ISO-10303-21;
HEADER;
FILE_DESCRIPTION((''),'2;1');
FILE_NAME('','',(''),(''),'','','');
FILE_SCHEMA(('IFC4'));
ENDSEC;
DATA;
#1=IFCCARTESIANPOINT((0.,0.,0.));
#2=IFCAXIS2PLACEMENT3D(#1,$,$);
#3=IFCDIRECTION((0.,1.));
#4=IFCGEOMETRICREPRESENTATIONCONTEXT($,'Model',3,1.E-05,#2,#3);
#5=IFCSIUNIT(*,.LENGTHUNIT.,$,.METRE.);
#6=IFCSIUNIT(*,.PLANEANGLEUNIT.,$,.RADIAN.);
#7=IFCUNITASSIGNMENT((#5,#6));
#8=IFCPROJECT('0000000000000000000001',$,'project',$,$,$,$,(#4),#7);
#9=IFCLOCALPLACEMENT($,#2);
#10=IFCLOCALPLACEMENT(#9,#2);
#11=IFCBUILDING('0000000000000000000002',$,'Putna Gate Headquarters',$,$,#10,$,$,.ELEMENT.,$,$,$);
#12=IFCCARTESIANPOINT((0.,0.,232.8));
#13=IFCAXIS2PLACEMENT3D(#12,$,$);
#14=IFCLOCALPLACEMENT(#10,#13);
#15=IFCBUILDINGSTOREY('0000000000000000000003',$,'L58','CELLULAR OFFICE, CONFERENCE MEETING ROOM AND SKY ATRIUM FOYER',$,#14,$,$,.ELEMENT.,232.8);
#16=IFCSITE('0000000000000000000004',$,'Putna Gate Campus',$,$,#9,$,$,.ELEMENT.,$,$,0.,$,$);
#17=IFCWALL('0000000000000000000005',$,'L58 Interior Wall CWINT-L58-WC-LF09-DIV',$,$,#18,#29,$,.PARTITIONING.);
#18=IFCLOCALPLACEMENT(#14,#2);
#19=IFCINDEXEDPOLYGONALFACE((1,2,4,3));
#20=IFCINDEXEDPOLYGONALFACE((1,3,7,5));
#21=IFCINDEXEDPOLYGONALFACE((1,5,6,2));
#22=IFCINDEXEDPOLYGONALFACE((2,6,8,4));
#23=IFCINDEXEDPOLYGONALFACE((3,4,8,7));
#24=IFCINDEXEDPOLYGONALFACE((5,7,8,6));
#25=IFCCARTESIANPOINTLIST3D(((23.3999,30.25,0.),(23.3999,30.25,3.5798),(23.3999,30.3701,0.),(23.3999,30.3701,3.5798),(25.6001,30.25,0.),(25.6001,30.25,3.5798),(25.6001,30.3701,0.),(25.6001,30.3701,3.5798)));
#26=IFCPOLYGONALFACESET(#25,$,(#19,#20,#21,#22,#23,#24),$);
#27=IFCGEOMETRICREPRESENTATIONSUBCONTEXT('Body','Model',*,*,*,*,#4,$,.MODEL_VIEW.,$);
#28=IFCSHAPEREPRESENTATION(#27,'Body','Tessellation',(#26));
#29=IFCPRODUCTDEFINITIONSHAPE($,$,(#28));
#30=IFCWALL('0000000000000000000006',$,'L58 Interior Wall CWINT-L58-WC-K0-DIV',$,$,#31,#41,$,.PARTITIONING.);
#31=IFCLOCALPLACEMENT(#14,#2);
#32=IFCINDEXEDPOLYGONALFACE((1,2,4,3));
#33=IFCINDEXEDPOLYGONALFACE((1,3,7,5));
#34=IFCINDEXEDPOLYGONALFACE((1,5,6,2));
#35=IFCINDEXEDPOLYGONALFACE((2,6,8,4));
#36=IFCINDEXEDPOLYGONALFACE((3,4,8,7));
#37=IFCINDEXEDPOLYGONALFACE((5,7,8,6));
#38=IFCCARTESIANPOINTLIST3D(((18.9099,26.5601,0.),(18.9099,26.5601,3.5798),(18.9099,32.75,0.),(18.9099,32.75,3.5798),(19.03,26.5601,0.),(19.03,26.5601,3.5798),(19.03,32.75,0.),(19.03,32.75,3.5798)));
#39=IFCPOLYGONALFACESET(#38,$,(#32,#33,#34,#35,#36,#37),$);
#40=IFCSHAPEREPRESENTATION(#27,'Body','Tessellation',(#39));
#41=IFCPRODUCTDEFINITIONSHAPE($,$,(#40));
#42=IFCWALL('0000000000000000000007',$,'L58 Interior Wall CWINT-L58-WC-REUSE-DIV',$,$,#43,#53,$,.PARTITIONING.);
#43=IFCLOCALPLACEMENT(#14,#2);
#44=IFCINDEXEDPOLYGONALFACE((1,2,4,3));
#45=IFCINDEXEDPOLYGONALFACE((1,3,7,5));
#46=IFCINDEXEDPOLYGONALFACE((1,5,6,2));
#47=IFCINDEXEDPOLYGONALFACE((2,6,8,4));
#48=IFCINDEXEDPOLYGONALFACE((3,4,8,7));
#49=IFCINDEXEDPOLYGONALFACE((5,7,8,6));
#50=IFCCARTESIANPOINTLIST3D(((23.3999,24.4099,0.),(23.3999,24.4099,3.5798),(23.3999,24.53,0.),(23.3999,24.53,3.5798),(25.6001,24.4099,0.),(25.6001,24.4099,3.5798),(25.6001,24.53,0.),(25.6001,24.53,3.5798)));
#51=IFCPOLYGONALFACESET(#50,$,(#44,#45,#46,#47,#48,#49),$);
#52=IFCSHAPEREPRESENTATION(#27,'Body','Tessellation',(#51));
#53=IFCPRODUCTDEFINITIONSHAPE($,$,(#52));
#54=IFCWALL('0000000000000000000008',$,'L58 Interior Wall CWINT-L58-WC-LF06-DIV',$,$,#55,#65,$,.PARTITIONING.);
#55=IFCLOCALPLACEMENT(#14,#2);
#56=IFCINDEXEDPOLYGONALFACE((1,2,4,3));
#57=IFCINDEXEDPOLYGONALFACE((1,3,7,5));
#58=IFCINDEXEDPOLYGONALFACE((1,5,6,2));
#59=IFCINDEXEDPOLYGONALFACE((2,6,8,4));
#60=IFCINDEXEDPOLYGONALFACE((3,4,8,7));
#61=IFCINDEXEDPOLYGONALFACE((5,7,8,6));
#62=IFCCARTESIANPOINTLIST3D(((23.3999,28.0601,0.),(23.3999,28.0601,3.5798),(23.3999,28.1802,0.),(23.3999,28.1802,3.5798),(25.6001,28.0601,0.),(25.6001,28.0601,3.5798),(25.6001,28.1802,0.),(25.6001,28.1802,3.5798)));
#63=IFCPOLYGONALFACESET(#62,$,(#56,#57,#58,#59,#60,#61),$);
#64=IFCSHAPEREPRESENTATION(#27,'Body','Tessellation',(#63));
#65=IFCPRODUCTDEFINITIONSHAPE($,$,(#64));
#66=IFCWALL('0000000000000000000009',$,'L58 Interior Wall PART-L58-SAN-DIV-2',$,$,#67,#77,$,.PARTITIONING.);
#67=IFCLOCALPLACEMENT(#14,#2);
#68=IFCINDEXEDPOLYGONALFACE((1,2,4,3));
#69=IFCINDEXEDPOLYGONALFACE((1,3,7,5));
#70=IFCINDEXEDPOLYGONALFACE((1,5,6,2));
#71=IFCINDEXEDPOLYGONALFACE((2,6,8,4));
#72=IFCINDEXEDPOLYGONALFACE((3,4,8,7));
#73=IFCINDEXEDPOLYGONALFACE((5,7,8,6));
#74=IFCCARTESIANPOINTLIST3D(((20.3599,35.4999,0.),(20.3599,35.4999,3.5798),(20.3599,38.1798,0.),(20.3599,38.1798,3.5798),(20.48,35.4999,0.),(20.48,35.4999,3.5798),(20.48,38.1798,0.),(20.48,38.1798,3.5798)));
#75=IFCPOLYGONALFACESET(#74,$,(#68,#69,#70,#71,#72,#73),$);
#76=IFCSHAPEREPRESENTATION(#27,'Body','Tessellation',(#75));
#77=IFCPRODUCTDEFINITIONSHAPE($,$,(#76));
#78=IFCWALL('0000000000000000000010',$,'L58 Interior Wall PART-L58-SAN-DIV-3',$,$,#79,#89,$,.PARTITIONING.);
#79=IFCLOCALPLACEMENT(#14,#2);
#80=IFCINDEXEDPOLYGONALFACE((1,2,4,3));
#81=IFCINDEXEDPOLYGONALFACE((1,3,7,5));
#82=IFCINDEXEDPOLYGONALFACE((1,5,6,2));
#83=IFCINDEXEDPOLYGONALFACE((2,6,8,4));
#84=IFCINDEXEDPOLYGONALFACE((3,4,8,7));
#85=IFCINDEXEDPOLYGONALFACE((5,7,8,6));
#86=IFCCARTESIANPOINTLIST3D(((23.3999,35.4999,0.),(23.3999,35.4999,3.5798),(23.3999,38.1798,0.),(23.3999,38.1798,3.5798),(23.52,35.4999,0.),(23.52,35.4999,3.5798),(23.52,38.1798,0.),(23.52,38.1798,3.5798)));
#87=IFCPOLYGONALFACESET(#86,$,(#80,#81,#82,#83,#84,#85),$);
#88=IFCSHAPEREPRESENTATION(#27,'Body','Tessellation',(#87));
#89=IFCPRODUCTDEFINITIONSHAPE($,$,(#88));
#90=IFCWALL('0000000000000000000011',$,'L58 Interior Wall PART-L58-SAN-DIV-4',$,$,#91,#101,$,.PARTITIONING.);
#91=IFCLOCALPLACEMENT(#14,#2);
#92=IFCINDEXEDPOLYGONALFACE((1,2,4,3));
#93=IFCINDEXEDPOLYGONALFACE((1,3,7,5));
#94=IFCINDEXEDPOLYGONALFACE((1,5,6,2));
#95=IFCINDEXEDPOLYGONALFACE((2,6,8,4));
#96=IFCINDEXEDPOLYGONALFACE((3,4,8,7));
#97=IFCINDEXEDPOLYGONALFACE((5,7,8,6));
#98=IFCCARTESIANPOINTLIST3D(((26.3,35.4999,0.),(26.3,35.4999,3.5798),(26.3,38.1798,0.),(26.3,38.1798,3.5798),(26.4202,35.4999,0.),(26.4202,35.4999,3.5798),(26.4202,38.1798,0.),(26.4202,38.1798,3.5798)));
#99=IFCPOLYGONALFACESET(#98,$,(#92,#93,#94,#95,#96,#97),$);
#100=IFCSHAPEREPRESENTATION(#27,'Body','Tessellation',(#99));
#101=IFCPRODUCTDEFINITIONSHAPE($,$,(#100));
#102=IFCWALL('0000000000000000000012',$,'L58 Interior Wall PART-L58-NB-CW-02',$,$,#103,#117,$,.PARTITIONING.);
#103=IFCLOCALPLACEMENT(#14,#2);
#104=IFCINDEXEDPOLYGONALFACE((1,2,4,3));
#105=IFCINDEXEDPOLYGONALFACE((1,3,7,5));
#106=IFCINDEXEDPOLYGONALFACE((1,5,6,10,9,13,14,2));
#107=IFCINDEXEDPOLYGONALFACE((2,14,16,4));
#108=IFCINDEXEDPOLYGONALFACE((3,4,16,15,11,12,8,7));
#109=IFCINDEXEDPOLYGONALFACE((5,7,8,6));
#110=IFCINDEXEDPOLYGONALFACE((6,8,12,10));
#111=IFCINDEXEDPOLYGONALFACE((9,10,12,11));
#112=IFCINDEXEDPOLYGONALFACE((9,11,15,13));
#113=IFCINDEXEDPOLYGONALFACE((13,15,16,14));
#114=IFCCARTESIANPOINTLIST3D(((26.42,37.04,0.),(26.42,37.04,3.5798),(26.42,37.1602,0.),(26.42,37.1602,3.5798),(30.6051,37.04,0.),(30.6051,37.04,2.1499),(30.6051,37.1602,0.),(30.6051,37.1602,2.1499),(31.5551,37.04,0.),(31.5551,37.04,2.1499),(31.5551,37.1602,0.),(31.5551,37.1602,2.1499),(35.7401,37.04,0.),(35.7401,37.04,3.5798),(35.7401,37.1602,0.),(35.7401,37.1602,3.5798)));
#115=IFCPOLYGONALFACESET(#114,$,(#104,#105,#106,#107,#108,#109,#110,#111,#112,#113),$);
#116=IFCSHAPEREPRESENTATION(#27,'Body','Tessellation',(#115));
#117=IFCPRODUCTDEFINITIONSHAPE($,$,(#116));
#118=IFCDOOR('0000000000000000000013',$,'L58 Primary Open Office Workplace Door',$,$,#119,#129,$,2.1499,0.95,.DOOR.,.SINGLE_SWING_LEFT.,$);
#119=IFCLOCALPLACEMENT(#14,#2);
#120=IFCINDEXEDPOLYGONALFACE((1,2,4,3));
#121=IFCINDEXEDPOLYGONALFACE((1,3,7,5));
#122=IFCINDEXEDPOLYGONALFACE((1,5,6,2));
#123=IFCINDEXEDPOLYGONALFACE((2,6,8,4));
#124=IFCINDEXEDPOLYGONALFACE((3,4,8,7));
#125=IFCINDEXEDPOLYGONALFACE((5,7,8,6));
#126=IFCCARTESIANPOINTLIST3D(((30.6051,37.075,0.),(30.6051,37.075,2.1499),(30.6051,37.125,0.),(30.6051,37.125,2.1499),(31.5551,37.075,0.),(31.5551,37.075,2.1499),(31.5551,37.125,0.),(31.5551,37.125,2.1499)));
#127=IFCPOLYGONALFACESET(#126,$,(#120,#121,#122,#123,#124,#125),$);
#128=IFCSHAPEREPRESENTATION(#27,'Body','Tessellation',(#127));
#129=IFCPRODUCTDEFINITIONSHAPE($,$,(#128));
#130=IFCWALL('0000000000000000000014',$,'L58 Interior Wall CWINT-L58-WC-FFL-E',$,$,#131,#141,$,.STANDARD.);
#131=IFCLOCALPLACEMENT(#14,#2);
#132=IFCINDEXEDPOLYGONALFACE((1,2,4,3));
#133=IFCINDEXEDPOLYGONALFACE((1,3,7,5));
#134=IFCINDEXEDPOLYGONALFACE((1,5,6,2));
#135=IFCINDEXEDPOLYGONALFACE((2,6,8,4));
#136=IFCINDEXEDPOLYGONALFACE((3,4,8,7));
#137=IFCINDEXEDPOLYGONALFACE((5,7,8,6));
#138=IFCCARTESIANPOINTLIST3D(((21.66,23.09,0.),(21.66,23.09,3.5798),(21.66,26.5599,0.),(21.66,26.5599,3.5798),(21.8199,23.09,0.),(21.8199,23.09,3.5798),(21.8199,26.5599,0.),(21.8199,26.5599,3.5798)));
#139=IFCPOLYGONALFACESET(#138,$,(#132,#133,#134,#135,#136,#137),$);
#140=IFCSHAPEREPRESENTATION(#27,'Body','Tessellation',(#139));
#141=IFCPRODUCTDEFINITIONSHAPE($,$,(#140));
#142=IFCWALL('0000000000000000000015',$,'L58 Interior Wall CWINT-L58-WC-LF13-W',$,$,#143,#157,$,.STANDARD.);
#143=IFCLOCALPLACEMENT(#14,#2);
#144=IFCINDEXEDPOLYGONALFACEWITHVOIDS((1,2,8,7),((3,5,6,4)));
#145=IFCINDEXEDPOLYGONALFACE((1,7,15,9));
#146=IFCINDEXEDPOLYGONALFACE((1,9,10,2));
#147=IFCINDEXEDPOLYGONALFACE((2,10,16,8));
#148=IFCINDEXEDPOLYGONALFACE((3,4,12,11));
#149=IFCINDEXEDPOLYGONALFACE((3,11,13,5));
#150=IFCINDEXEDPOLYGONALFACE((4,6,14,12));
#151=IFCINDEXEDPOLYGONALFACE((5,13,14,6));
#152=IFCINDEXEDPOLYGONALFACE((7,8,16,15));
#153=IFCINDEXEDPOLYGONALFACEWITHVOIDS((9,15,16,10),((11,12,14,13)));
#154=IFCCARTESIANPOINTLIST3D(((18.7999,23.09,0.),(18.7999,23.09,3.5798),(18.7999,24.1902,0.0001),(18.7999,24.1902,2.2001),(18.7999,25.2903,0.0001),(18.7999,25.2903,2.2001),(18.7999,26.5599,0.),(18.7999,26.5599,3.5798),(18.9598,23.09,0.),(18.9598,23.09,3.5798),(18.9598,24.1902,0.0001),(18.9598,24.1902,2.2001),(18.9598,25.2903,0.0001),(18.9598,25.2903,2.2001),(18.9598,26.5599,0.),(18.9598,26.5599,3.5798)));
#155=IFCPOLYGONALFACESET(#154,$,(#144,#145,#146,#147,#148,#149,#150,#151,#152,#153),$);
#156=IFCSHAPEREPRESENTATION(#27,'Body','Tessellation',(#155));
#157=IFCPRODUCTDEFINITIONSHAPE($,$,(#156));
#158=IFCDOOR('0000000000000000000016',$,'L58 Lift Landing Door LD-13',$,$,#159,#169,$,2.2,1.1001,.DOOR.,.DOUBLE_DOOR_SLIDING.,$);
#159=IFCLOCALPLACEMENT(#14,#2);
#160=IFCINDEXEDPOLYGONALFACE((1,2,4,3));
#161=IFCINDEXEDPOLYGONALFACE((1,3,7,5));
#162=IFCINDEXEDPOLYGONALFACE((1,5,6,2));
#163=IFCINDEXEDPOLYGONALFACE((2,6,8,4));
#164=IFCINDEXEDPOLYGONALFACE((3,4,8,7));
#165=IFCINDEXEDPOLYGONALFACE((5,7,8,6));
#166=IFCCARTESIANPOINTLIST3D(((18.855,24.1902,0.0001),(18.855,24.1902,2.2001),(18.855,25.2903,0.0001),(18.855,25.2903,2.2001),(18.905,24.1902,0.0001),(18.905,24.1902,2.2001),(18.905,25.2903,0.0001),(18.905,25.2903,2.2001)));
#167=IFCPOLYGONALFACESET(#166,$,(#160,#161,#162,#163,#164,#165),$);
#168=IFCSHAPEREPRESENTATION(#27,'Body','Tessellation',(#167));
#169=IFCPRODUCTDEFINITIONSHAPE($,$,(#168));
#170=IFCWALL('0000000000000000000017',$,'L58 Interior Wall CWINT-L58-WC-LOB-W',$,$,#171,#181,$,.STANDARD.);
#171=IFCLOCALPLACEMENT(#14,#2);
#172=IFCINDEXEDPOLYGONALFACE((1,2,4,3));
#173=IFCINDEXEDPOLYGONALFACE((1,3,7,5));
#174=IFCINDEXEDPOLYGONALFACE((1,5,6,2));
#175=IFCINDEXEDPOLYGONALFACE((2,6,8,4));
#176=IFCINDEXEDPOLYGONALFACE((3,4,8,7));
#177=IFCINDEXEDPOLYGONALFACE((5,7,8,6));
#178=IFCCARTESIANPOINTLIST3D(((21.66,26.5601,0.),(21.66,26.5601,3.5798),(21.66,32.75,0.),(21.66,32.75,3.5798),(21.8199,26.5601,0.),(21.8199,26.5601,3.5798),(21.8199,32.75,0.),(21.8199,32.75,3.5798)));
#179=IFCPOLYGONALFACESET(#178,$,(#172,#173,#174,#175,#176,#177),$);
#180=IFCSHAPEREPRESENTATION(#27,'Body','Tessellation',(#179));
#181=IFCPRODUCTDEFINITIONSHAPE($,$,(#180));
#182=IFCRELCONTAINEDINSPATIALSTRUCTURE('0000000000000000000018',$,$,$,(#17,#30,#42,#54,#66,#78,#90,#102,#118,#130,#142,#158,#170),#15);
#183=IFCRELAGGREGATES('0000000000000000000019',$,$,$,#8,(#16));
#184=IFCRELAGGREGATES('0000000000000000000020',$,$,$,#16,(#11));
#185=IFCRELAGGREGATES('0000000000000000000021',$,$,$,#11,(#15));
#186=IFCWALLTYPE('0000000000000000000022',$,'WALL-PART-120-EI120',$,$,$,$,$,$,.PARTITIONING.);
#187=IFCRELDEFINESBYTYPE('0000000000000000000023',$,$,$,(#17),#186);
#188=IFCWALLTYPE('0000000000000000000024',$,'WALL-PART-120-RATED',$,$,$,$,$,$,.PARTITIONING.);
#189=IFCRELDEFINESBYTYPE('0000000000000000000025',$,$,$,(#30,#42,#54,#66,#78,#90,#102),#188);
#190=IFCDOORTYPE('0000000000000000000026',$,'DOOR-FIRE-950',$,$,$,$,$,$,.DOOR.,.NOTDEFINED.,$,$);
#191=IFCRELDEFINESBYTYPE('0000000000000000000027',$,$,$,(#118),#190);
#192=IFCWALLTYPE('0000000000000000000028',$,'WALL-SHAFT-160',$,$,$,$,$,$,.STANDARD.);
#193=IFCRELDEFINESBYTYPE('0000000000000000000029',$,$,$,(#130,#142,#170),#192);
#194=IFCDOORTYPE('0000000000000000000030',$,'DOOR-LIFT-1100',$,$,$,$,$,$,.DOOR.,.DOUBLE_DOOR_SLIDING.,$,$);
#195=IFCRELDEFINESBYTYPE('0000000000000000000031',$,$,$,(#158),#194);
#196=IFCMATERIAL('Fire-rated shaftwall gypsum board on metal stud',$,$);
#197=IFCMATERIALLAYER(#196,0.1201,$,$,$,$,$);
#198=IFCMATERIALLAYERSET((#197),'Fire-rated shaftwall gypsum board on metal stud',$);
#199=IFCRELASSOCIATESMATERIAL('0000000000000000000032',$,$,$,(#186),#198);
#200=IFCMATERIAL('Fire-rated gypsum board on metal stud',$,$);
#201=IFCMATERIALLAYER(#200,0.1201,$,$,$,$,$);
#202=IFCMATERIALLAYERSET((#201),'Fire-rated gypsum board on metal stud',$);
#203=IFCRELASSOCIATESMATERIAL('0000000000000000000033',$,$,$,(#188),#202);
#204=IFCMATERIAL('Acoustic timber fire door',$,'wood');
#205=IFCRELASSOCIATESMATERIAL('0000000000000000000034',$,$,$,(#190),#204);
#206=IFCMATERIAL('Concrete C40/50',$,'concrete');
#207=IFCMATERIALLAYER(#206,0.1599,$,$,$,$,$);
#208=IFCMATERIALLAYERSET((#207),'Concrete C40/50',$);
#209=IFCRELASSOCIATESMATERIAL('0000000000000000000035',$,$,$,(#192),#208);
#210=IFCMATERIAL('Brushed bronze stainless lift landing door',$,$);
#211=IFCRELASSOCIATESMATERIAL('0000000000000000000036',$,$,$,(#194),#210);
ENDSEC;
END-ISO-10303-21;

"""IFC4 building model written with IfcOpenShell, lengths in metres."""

from ifc_helpers import new_model, si_unit, direction, frame, frame_2d, origin, place, context, subcontext, project, spatial, rectangle, extrude, material, layer, layer_set, type_object, element, fill, save


model = new_model("IFC4")

# Units and contexts
model_context = context("Model", 3, precision=1e-05, world=origin(), true_north=direction((0.0, 1.0)))
body_context = subcontext(model_context, "Body", "Model", "MODEL_VIEW")
ifc_project = project(units=[si_unit("LENGTHUNIT", "METRE"), si_unit("PLANEANGLEUNIT", "RADIAN")], contexts=[model_context])

# Site, building, storey
site_placement = place(None, origin())
site = spatial("IfcSite", under=ifc_project, at=site_placement, Name="Putna Gate Campus", CompositionType="ELEMENT", RefElevation=0.0)
building_placement = place(site_placement, origin())
building = spatial("IfcBuilding", under=site, at=building_placement, Name="Putna Gate Headquarters", CompositionType="ELEMENT")
storey_placement = place(building_placement, frame((0.0, 0.0, 232.8)))
storey = spatial("IfcBuildingStorey", under=building, at=storey_placement, Name="L58", Description="CELLULAR OFFICE, CONFERENCE MEETING ROOM AND SKY ATRIUM FOYER", CompositionType="ELEMENT", Elevation=232.8)

# Walls
ifc_material_1 = material(Name="Fire-rated shaftwall gypsum board on metal stud")
ifc_layer_1 = layer(ifc_material_1, 0.1201)
ifc_layer_set_1 = layer_set([ifc_layer_1], Name="Fire-rated shaftwall gypsum board on metal stud")
wall_type_1 = type_object("IfcWallType", Name="WALL-PART-120-EI120", PredefinedType="PARTITIONING", material=ifc_layer_set_1)
wall_1_placement = place(storey_placement, frame((23.3999, 30.3101, 0.0), z_axis=(0.0, 0.0, 1.0), x_axis=(1.0, 0.0, 0.0)))
element("IfcWall", 1, at=wall_1_placement, inside=storey, type_object=wall_type_1, Name="L58 Interior Wall CWINT-L58-WC-LF09-DIV", PredefinedType="PARTITIONING", context=body_context, shape_type="SweptSolid", body=[
    extrude(rectangle(XDim=2.2002, YDim=0.1201, at=frame_2d((1.1001, 0.0))), origin(), (0.0, 0.0, 1.0), 3.5798),
])
ifc_material_2 = material(Name="Fire-rated gypsum board on metal stud")
ifc_layer_2 = layer(ifc_material_2, 0.1201)
ifc_layer_set_2 = layer_set([ifc_layer_2], Name="Fire-rated gypsum board on metal stud")
wall_type_2 = type_object("IfcWallType", Name="WALL-PART-120-RATED", PredefinedType="PARTITIONING", material=ifc_layer_set_2)
wall_2_placement = place(storey_placement, frame((18.97, 26.5601, 0.0), z_axis=(0.0, 0.0, 1.0), x_axis=(0.0, 1.0, 0.0)))
element("IfcWall", 2, at=wall_2_placement, inside=storey, type_object=wall_type_2, Name="L58 Interior Wall CWINT-L58-WC-K0-DIV", PredefinedType="PARTITIONING", context=body_context, shape_type="SweptSolid", body=[
    extrude(rectangle(XDim=6.1899, YDim=0.1201, at=frame_2d((3.095, 0.0))), origin(), (0.0, 0.0, 1.0), 3.5798),
])
for number, where, z_axis, x_axis, name in (
    (3, (23.3999, 24.47, 0.0), (0.0, 0.0, 1.0), (1.0, 0.0, 0.0), "L58 Interior Wall CWINT-L58-WC-REUSE-DIV"),
    (4, (23.3999, 28.1201, 0.0), (0.0, 0.0, 1.0), (1.0, 0.0, 0.0), "L58 Interior Wall CWINT-L58-WC-LF06-DIV"),
):
    element("IfcWall", number, at=place(storey_placement, frame(where, z_axis=z_axis, x_axis=x_axis)), inside=storey, type_object=wall_type_2, Name=name, PredefinedType="PARTITIONING", context=body_context, shape_type="SweptSolid", body=[
        extrude(rectangle(XDim=2.2002, YDim=0.1201, at=frame_2d((1.1001, 0.0))), origin(), (0.0, 0.0, 1.0), 3.5798),
    ])
for number, where, z_axis, x_axis, name in (
    (5, (20.4199, 35.5, 0.0), (0.0, 0.0, 1.0), (0.0, 1.0, 0.0), "L58 Interior Wall PART-L58-SAN-DIV-2"),
    (6, (23.46, 35.5, 0.0), (0.0, 0.0, 1.0), (0.0, 1.0, 0.0), "L58 Interior Wall PART-L58-SAN-DIV-3"),
    (7, (26.3601, 35.5, 0.0), (0.0, 0.0, 1.0), (0.0, 1.0, 0.0), "L58 Interior Wall PART-L58-SAN-DIV-4"),
):
    element("IfcWall", number, at=place(storey_placement, frame(where, z_axis=z_axis, x_axis=x_axis)), inside=storey, type_object=wall_type_2, Name=name, PredefinedType="PARTITIONING", context=body_context, shape_type="SweptSolid", body=[
        extrude(rectangle(XDim=2.6799, YDim=0.1201, at=frame_2d((1.3398, 0.0))), origin(), (0.0, 0.0, 1.0), 3.5798),
    ])

# Wall, opening, door
wall_3_placement = place(storey_placement, frame((26.4199, 37.1001, 0.0), z_axis=(0.0, 0.0, 1.0), x_axis=(1.0, 0.0, 0.0)))
wall_3 = element("IfcWall", 8, at=wall_3_placement, inside=storey, type_object=wall_type_2, Name="L58 Interior Wall PART-L58-NB-CW-02", PredefinedType="PARTITIONING", context=body_context, shape_type="SweptSolid", body=[
    extrude(rectangle(XDim=9.3201, YDim=0.1201, at=frame_2d((4.6602, 0.0))), origin(), (0.0, 0.0, 1.0), 3.5798),
])
opening_1_placement = place(wall_3_placement, frame((4.1851, 0.0, 0.0)))
opening_1 = element("IfcOpeningElement", 9, at=opening_1_placement, cuts=wall_3, PredefinedType="OPENING", context=body_context, shape_type="SweptSolid", body=[
    extrude(rectangle(XDim=0.95, YDim=2.1499, at=frame_2d((0.4751, 1.075))), frame((0.0, 0.0701, 0.0), z_axis=(0.0, -1.0, 0.0), x_axis=(1.0, 0.0, 0.0)), (0.0, 0.0, 1.0), 0.1401),
])
ifc_material_3 = material(Name="Acoustic timber fire door", Category="wood")
door_type_1 = type_object("IfcDoorType", Name="DOOR-FIRE-950", OperationType="NOTDEFINED", PredefinedType="DOOR", material=ifc_material_3)
door_1_placement = place(opening_1_placement, origin())
door_1 = element("IfcDoor", 10, at=door_1_placement, inside=storey, type_object=door_type_1, Name="L58 Primary Open Office Workplace Door", OperationType="SINGLE_SWING_LEFT", OverallHeight=2.1499, OverallWidth=0.95, PredefinedType="DOOR", context=body_context, shape_type="SweptSolid", body=[
    extrude(rectangle(XDim=0.95, YDim=2.1499, at=frame_2d((0.4751, 1.075))), frame((0.0, 0.0249, 0.0), z_axis=(0.0, -1.0, 0.0), x_axis=(1.0, 0.0, 0.0)), (0.0, 0.0, 1.0), 0.05),
])
fill(opening_1, door_1)

# Wall
ifc_material_4 = material(Name="Concrete C40/50", Category="concrete")
ifc_layer_3 = layer(ifc_material_4, 0.1599)
ifc_layer_set_3 = layer_set([ifc_layer_3], Name="Concrete C40/50")
wall_type_3 = type_object("IfcWallType", Name="WALL-SHAFT-160", PredefinedType="STANDARD", material=ifc_layer_set_3)
wall_4_placement = place(storey_placement, frame((21.74, 23.0901, 0.0), z_axis=(0.0, 0.0, 1.0), x_axis=(0.0, 1.0, 0.0)))
element("IfcWall", 11, at=wall_4_placement, inside=storey, type_object=wall_type_3, Name="L58 Interior Wall CWINT-L58-WC-FFL-E", PredefinedType="STANDARD", context=body_context, shape_type="SweptSolid", body=[
    extrude(rectangle(XDim=3.47, YDim=0.1599, at=frame_2d((1.7349, 0.0))), origin(), (0.0, 0.0, 1.0), 3.5798),
])

# Wall, opening, door
wall_5_placement = place(storey_placement, frame((18.8799, 23.0901, 0.0), z_axis=(0.0, 0.0, 1.0), x_axis=(0.0, 1.0, 0.0)))
wall_5 = element("IfcWall", 12, at=wall_5_placement, inside=storey, type_object=wall_type_3, Name="L58 Interior Wall CWINT-L58-WC-LF13-W", PredefinedType="STANDARD", context=body_context, shape_type="SweptSolid", body=[
    extrude(rectangle(XDim=3.47, YDim=0.1599, at=frame_2d((1.7349, 0.0))), origin(), (0.0, 0.0, 1.0), 3.5798),
])
opening_2_placement = place(wall_5_placement, frame((1.1001, 0.0, 0.0)))
opening_2 = element("IfcOpeningElement", 13, at=opening_2_placement, cuts=wall_5, PredefinedType="OPENING", context=body_context, shape_type="SweptSolid", body=[
    extrude(rectangle(XDim=1.1001, YDim=2.2, at=frame_2d((0.55, 1.1001))), frame((0.0, 0.0898, 0.0), z_axis=(0.0, -1.0, 0.0), x_axis=(1.0, 0.0, 0.0)), (0.0, 0.0, 1.0), 0.1799),
])
ifc_material_5 = material(Name="Brushed bronze stainless lift landing door")
door_type_2 = type_object("IfcDoorType", Name="DOOR-LIFT-1100", OperationType="DOUBLE_DOOR_SLIDING", PredefinedType="DOOR", material=ifc_material_5)
door_2_placement = place(opening_2_placement, origin())
door_2 = element("IfcDoor", 14, at=door_2_placement, inside=storey, type_object=door_type_2, Name="L58 Lift Landing Door LD-13", OperationType="DOUBLE_DOOR_SLIDING", OverallHeight=2.2, OverallWidth=1.1001, PredefinedType="DOOR", context=body_context, shape_type="SweptSolid", body=[
    extrude(rectangle(XDim=1.1001, YDim=2.2, at=frame_2d((0.55, 1.1001))), frame((0.0, 0.0249, 0.0), z_axis=(0.0, -1.0, 0.0), x_axis=(1.0, 0.0, 0.0)), (0.0, 0.0, 1.0), 0.05),
])
fill(opening_2, door_2)

# Wall
wall_6_placement = place(storey_placement, frame((21.74, 26.5601, 0.0), z_axis=(0.0, 0.0, 1.0), x_axis=(0.0, 1.0, 0.0)))
element("IfcWall", 15, at=wall_6_placement, inside=storey, type_object=wall_type_3, Name="L58 Interior Wall CWINT-L58-WC-LOB-W", PredefinedType="STANDARD", context=body_context, shape_type="SweptSolid", body=[
    extrude(rectangle(XDim=6.1899, YDim=0.1599, at=frame_2d((3.095, 0.0))), origin(), (0.0, 0.0, 1.0), 3.5798),
])

save(model, "model.ifc")
